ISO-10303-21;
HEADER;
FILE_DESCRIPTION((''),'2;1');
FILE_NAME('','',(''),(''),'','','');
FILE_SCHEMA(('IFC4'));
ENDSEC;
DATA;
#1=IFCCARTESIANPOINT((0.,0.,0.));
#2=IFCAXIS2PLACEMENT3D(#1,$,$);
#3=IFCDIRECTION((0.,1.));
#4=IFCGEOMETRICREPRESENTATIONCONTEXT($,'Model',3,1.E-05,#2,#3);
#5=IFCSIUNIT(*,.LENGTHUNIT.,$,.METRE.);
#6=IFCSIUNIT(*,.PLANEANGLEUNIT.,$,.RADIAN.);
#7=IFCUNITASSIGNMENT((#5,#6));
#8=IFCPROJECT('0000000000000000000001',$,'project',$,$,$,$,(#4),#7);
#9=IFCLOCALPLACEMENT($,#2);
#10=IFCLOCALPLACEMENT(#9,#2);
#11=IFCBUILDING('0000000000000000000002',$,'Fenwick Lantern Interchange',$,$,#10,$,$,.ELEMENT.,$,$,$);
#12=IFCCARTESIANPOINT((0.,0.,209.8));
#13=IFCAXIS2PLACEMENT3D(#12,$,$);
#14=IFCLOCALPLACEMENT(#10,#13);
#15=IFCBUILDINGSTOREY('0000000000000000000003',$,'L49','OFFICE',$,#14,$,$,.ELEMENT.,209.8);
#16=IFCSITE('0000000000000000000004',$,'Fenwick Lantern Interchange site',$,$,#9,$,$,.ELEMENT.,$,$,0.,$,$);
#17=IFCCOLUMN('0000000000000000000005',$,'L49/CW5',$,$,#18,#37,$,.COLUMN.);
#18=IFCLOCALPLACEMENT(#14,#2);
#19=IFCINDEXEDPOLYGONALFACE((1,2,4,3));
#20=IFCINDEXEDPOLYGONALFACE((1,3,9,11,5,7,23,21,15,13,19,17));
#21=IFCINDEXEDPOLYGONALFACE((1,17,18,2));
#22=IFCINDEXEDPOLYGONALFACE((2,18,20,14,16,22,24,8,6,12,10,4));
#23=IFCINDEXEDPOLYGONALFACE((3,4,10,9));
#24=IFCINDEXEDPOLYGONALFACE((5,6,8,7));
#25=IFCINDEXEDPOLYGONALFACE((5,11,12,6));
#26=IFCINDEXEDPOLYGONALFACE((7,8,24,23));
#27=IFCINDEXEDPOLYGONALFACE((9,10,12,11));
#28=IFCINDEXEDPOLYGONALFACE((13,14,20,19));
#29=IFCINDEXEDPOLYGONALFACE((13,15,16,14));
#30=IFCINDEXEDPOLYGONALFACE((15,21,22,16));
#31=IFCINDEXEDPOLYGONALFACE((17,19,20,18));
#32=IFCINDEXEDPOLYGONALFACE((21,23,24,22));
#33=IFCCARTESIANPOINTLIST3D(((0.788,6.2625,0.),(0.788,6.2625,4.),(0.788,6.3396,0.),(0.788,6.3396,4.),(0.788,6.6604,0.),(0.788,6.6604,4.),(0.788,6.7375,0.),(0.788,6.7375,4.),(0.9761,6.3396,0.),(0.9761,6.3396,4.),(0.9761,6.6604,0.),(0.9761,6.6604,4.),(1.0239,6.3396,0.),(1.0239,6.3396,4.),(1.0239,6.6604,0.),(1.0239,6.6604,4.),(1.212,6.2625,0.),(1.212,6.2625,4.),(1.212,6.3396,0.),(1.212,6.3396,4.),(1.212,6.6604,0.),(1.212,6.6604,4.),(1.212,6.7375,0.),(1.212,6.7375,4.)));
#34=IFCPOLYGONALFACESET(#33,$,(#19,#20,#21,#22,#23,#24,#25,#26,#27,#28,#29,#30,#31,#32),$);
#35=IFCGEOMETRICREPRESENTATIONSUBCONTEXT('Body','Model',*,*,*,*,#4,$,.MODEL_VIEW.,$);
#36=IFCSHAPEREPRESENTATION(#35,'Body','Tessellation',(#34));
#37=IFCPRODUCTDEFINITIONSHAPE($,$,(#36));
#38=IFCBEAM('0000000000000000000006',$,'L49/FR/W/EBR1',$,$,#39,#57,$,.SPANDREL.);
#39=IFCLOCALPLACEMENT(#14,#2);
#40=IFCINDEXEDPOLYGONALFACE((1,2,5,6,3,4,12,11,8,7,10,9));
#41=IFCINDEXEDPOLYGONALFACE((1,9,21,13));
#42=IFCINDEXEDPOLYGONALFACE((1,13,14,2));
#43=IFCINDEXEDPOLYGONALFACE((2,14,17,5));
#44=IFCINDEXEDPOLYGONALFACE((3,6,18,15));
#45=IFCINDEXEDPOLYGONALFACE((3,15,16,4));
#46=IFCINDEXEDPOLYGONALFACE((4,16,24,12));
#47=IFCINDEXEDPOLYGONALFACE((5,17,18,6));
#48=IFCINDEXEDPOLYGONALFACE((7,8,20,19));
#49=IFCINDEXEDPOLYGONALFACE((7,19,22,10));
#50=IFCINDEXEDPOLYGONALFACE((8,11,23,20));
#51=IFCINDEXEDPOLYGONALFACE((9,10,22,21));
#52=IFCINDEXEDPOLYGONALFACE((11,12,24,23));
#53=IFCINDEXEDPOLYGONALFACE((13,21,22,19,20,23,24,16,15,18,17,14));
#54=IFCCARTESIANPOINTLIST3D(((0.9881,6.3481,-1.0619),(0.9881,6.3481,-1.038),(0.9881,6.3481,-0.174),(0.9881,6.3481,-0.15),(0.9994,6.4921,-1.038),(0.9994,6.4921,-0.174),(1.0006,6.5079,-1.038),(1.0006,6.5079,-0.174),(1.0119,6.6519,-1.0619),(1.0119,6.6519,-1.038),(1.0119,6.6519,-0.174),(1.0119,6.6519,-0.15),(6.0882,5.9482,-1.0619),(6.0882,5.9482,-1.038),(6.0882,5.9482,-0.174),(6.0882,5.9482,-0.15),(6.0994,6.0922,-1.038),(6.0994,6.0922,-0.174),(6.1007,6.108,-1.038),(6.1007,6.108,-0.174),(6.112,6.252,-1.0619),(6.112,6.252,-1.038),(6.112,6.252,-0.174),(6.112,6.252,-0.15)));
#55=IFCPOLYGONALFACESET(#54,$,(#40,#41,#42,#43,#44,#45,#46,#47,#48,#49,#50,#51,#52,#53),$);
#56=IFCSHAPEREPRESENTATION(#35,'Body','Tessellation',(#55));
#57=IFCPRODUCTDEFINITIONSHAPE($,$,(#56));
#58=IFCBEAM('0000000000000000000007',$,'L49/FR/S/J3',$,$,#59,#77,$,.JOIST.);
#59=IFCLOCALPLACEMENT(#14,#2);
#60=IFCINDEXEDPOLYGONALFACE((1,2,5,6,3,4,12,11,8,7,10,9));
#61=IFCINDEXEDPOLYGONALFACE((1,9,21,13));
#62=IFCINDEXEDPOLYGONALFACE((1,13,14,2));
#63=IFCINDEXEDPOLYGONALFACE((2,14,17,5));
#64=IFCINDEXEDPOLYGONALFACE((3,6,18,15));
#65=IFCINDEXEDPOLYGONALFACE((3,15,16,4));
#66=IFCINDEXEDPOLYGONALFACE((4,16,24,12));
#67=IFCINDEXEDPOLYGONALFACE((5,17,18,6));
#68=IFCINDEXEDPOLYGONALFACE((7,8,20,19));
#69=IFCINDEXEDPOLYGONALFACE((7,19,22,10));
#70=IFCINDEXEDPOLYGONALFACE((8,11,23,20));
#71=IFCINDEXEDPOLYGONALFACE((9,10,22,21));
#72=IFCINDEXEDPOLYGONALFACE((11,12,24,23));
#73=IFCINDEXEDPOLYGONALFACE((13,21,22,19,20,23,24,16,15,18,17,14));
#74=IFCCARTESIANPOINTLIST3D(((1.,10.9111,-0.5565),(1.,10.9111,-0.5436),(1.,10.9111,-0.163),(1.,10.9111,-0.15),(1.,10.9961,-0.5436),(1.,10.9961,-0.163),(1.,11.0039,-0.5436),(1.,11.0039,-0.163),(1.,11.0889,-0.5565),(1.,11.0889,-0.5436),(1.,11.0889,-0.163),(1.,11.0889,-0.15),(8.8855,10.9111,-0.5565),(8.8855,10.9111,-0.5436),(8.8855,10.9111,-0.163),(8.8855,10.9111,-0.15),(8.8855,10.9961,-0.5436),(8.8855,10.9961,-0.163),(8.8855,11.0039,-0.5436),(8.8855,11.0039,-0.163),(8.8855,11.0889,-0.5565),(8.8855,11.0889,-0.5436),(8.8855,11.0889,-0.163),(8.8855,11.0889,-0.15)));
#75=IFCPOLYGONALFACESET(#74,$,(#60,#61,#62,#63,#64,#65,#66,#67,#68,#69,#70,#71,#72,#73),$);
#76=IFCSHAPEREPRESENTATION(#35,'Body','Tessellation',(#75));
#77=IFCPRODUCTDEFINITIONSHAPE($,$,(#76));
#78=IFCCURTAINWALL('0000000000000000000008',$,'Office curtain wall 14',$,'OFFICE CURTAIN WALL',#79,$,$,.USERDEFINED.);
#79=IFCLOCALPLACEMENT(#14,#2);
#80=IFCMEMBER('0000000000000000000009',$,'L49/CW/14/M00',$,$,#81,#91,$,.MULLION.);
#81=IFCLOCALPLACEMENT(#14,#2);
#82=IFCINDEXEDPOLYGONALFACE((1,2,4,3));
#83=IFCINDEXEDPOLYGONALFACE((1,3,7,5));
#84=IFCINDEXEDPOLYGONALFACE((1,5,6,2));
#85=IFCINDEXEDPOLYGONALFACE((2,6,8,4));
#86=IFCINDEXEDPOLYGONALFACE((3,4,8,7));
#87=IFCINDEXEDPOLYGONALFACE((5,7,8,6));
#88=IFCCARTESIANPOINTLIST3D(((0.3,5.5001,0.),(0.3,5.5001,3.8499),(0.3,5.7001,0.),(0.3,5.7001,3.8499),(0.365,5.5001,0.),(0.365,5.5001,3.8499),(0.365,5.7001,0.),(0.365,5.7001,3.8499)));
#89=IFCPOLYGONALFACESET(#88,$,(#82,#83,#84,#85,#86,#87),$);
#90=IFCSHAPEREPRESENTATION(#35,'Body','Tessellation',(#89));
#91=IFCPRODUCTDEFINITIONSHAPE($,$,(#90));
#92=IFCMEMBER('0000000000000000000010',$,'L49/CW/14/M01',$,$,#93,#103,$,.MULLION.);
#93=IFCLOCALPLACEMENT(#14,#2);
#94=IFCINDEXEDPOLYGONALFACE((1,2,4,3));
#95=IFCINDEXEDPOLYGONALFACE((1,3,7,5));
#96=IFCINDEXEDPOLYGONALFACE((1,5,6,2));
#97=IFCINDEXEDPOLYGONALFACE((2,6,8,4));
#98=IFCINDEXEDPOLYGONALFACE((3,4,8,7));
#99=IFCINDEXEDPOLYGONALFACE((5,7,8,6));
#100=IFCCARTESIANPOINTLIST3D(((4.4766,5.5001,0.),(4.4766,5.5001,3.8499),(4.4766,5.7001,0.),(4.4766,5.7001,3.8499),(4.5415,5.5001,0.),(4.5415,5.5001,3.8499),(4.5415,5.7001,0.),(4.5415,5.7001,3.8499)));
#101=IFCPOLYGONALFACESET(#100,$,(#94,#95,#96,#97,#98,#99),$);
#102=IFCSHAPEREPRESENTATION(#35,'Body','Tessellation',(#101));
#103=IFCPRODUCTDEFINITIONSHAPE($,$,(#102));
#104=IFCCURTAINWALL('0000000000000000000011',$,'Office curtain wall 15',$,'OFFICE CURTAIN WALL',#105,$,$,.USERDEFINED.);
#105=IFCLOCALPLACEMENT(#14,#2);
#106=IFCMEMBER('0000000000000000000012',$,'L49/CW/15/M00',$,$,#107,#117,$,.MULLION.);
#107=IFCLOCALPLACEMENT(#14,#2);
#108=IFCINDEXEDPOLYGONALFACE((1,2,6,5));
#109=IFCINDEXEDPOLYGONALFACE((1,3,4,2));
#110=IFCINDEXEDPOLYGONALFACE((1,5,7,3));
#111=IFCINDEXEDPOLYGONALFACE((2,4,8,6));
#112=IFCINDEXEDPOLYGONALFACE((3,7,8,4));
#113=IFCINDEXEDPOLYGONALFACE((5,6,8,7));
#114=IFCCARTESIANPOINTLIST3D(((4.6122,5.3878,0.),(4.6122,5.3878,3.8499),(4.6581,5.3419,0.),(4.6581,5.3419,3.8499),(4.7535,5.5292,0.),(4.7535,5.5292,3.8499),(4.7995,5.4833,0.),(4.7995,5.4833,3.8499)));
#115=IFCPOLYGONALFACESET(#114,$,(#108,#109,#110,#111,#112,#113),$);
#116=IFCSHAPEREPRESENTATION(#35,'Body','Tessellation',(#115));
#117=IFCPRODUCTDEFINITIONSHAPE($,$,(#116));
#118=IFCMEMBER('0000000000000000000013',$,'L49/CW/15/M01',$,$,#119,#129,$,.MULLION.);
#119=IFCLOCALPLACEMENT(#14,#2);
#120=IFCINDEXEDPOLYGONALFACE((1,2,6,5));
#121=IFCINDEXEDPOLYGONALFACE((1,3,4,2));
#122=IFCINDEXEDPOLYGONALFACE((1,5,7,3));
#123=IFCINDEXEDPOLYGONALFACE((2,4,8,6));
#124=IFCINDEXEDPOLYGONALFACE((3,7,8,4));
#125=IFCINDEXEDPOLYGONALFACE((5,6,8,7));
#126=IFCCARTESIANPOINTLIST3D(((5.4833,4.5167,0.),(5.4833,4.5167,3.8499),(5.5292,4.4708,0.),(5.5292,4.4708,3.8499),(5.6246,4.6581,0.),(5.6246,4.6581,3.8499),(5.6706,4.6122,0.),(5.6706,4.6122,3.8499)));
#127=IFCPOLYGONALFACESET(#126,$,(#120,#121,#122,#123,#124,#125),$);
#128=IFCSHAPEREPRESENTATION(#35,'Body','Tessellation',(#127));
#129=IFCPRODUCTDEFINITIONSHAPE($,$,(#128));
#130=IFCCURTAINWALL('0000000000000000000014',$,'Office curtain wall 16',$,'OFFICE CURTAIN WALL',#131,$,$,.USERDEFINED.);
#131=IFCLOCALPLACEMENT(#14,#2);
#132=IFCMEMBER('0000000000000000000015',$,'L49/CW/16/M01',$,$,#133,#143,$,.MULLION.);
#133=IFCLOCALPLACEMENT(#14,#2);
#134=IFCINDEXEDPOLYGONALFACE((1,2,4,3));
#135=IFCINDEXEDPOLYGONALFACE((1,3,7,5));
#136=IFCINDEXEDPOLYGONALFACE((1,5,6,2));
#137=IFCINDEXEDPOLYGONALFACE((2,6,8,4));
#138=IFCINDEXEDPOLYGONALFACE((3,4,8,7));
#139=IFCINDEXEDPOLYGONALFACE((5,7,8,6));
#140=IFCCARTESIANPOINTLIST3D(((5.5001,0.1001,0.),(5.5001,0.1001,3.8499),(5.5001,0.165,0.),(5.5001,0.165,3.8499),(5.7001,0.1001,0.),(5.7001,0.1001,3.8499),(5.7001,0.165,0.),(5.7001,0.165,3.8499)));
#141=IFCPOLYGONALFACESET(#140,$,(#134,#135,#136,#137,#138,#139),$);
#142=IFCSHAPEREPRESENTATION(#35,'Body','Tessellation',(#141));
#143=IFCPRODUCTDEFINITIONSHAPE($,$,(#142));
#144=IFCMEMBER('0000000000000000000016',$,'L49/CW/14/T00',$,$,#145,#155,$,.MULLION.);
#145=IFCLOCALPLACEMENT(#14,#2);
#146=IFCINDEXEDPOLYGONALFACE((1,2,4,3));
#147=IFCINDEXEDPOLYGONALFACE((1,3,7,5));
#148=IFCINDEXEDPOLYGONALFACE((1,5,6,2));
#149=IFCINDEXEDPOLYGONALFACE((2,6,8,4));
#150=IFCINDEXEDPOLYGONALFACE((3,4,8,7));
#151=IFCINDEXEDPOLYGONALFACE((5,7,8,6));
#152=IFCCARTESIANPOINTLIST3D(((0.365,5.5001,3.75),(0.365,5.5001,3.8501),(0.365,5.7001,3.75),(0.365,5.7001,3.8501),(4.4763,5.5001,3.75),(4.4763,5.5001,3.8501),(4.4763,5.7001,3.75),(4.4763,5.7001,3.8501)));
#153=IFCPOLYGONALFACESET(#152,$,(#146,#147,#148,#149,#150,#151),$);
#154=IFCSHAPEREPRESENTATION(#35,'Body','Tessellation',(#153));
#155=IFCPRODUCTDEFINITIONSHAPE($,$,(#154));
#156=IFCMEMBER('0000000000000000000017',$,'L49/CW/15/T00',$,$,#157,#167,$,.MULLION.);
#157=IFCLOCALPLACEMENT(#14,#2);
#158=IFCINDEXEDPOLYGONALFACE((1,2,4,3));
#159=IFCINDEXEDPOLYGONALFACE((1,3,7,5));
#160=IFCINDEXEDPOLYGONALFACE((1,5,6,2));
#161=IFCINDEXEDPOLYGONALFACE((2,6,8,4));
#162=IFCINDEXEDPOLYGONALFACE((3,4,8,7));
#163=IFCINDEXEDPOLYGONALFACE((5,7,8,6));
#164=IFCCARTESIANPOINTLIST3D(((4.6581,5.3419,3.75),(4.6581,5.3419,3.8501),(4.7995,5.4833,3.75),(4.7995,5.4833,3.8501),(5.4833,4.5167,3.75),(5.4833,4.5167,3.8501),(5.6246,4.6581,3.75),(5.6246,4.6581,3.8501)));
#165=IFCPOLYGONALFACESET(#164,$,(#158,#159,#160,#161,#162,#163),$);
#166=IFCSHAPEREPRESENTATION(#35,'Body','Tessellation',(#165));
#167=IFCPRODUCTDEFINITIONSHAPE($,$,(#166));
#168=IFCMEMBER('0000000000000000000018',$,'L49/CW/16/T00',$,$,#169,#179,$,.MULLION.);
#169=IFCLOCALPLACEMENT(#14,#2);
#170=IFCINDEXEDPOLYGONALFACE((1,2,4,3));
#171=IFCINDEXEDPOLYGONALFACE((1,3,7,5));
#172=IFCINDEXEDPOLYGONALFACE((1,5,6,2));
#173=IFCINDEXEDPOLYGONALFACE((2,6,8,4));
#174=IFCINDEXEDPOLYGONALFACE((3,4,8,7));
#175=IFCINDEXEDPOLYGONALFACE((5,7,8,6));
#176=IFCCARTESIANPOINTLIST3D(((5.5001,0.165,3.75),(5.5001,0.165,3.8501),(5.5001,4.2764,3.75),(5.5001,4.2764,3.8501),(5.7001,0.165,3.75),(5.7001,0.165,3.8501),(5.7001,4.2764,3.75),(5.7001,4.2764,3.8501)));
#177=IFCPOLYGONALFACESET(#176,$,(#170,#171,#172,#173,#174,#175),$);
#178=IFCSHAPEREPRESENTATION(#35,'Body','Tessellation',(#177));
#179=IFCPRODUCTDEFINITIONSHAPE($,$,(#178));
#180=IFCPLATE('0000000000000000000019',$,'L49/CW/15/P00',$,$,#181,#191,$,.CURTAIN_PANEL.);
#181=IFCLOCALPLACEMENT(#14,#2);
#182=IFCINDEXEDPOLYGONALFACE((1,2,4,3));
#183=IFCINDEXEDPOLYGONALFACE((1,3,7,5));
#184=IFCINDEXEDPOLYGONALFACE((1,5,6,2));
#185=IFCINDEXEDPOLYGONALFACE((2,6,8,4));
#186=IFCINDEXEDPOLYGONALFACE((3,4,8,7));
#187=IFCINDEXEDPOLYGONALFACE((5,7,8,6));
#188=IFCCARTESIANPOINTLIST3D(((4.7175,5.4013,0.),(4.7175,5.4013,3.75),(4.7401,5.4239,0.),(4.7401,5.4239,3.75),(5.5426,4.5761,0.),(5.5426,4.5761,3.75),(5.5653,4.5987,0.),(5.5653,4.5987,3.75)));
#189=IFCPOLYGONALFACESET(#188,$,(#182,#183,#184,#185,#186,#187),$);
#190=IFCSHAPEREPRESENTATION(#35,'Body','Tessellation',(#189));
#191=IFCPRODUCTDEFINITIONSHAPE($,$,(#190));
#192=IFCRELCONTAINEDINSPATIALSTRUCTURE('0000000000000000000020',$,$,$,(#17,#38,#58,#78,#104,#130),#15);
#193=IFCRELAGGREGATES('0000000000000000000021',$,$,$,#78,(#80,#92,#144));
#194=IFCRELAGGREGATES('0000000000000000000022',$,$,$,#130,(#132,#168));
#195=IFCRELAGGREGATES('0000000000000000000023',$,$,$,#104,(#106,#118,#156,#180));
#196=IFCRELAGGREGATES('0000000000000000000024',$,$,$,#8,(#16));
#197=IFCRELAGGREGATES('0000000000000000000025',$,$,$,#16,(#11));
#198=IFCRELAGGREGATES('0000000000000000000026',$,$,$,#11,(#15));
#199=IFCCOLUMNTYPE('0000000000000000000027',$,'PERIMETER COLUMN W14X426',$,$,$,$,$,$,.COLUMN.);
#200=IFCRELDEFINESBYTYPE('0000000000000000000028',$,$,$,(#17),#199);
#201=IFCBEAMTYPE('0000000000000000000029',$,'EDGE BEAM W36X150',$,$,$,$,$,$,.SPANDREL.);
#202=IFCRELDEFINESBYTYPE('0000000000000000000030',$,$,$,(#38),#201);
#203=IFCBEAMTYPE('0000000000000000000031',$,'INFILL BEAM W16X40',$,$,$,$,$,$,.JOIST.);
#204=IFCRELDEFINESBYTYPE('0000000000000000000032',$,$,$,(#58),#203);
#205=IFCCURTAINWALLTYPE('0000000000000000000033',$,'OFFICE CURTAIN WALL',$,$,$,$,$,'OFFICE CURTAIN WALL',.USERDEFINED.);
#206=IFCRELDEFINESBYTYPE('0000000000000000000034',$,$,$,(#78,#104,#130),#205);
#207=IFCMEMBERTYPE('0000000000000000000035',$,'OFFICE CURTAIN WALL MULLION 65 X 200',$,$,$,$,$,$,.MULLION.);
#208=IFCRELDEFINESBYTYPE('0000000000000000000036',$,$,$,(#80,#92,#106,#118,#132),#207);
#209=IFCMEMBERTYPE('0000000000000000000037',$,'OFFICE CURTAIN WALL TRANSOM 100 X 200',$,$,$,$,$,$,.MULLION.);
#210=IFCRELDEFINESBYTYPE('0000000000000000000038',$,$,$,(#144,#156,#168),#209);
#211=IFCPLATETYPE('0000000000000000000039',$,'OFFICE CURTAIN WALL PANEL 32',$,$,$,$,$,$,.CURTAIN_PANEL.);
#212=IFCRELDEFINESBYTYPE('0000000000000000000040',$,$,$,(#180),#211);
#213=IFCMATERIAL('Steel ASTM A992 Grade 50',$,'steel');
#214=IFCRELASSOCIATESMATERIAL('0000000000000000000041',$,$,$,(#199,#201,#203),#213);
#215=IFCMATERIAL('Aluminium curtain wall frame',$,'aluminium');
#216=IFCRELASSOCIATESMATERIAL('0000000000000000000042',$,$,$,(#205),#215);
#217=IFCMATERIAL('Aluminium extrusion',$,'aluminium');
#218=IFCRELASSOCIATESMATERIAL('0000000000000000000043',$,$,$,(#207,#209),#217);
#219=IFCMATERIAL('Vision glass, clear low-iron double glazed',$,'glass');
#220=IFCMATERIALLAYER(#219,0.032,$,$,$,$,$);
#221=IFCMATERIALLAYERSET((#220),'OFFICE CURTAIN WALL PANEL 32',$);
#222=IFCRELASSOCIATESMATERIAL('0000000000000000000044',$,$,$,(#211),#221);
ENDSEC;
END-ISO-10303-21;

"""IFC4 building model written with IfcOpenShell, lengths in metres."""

from ifc_helpers import new_model, si_unit, direction, frame, origin, origin_2d, place, context, subcontext, project, spatial, rectangle, i_section, extrude, material, layer, layer_set, material_profile, profile_set, type_object, element, aggregate, save


model = new_model("IFC4")

# Units and contexts
model_context = context("Model", 3, precision=1e-05, world=origin(), true_north=direction((0.0, 1.0)))
body_context = subcontext(model_context, "Body", "Model", "MODEL_VIEW")
ifc_project = project(units=[si_unit("LENGTHUNIT", "METRE"), si_unit("PLANEANGLEUNIT", "RADIAN")], contexts=[model_context])

# Site, building, storey
site_placement = place(None, origin())
site = spatial("IfcSite", under=ifc_project, at=site_placement, Name="Fenwick Lantern Interchange site", CompositionType="ELEMENT", RefElevation=0.0)
building_placement = place(site_placement, origin())
building = spatial("IfcBuilding", under=site, at=building_placement, Name="Fenwick Lantern Interchange", CompositionType="ELEMENT")
storey_placement = place(building_placement, frame((0.0, 0.0, 209.8)))
storey = spatial("IfcBuildingStorey", under=building, at=storey_placement, Name="L49", Description="OFFICE", CompositionType="ELEMENT", Elevation=209.8)

# Column
ifc_material_1 = material(Name="Steel ASTM A992 Grade 50", Category="steel")
ifc_material_profile_1 = material_profile(ifc_material_1, i_section(OverallWidth=0.4241, OverallDepth=0.4751, WebThickness=0.0479, FlangeThickness=0.0771, at=origin_2d()), Name="W14X426")
ifc_profile_set_1 = profile_set([ifc_material_profile_1], Name="Steel ASTM A992 Grade 50")
column_type = type_object("IfcColumnType", Name="PERIMETER COLUMN W14X426", PredefinedType="COLUMN", material=ifc_profile_set_1)
column_placement = place(storey_placement, frame((1.0, 6.5, 0.0), z_axis=(0.0, 0.0, 1.0), x_axis=(1.0, 0.0, 0.0)))
element("IfcColumn", 1, at=column_placement, inside=storey, type_object=column_type, Name="L49/CW5", PredefinedType="COLUMN", context=body_context, shape_type="SweptSolid", body=[
    extrude(i_section(OverallWidth=0.4241, OverallDepth=0.4751, WebThickness=0.0479, FlangeThickness=0.0771, at=origin_2d()), origin(), (0.0, 0.0, 1.0), 4.0),
])

# Beams
ifc_material_profile_2 = material_profile(ifc_material_1, i_section(OverallWidth=0.3047, OverallDepth=0.9119, WebThickness=0.0159, FlangeThickness=0.0239, at=origin_2d()), Name="W36X150")
ifc_profile_set_2 = profile_set([ifc_material_profile_2], Name="Steel ASTM A992 Grade 50")
beam_type_1 = type_object("IfcBeamType", Name="EDGE BEAM W36X150", PredefinedType="SPANDREL", material=ifc_profile_set_2)
beam_1_placement = place(storey_placement, frame((1.0, 6.5, -0.606), z_axis=(0.99694, -0.078171, 0.0), x_axis=(0.078171, 0.99694, 0.0)))
element("IfcBeam", 2, at=beam_1_placement, inside=storey, type_object=beam_type_1, Name="L49/FR/W/EBR1", PredefinedType="SPANDREL", context=body_context, shape_type="SweptSolid", body=[
    extrude(i_section(OverallWidth=0.3047, OverallDepth=0.9119, WebThickness=0.0159, FlangeThickness=0.0239, at=origin_2d()), origin(), (0.0, 0.0, 1.0), 5.1157),
])
ifc_material_profile_3 = material_profile(ifc_material_1, i_section(OverallWidth=0.1777, OverallDepth=0.4065, WebThickness=0.0078, FlangeThickness=0.0129, at=origin_2d()), Name="W16X40")
ifc_profile_set_3 = profile_set([ifc_material_profile_3], Name="Steel ASTM A992 Grade 50")
beam_type_2 = type_object("IfcBeamType", Name="INFILL BEAM W16X40", PredefinedType="JOIST", material=ifc_profile_set_3)
beam_2_placement = place(storey_placement, frame((1.0, 11.0, -0.3533), z_axis=(1.0, 0.0, 0.0), x_axis=(0.0, 1.0, 0.0)))
element("IfcBeam", 3, at=beam_2_placement, inside=storey, type_object=beam_type_2, Name="L49/FR/S/J3", PredefinedType="JOIST", context=body_context, shape_type="SweptSolid", body=[
    extrude(i_section(OverallWidth=0.1777, OverallDepth=0.4065, WebThickness=0.0078, FlangeThickness=0.0129, at=origin_2d()), origin(), (0.0, 0.0, 1.0), 7.8855),
])

# Curtain walls, members
ifc_material_2 = material(Name="Aluminium curtain wall frame", Category="aluminium")
curtain_wall_type = type_object("IfcCurtainWallType", Name="OFFICE CURTAIN WALL", ElementType="OFFICE CURTAIN WALL", PredefinedType="USERDEFINED", material=ifc_material_2)
curtain_wall_1_placement = place(storey_placement, origin())
curtain_wall_1 = element("IfcCurtainWall", 4, at=curtain_wall_1_placement, inside=storey, type_object=curtain_wall_type, Name="Office curtain wall 14", ObjectType="OFFICE CURTAIN WALL", PredefinedType="USERDEFINED")
ifc_material_3 = material(Name="Aluminium extrusion", Category="aluminium")
ifc_material_profile_4 = material_profile(ifc_material_3, rectangle(XDim=0.2, YDim=0.0649, at=origin_2d()), Name="OFFICE CURTAIN WALL MULLION 65 X 200")
ifc_profile_set_4 = profile_set([ifc_material_profile_4], Name="Aluminium extrusion")
member_type_1 = type_object("IfcMemberType", Name="OFFICE CURTAIN WALL MULLION 65 X 200", PredefinedType="MULLION", material=ifc_profile_set_4)
member_1_placement = place(storey_placement, frame((0.3325, 5.6001, 0.0), z_axis=(0.0, 0.0, 1.0), x_axis=(0.0, 1.0, 0.0)))
member_1 = element("IfcMember", 5, at=member_1_placement, type_object=member_type_1, Name="L49/CW/14/M00", PredefinedType="MULLION", context=body_context, shape_type="SweptSolid", body=[
    extrude(rectangle(XDim=0.2, YDim=0.0649, at=origin_2d()), origin(), (0.0, 0.0, 1.0), 3.8499),
])
member_2_placement = place(storey_placement, frame((4.509, 5.6001, 0.0), z_axis=(0.0, 0.0, 1.0), x_axis=(0.0, 1.0, 0.0)))
member_2 = element("IfcMember", 6, at=member_2_placement, type_object=member_type_1, Name="L49/CW/14/M01", PredefinedType="MULLION", context=body_context, shape_type="SweptSolid", body=[
    extrude(rectangle(XDim=0.2, YDim=0.0649, at=origin_2d()), origin(), (0.0, 0.0, 1.0), 3.8499),
])
curtain_wall_2_placement = place(storey_placement, origin())
curtain_wall_2 = element("IfcCurtainWall", 7, at=curtain_wall_2_placement, inside=storey, type_object=curtain_wall_type, Name="Office curtain wall 15", ObjectType="OFFICE CURTAIN WALL", PredefinedType="USERDEFINED")
member_3_placement = place(storey_placement, frame((4.7058, 5.4355, 0.0), z_axis=(0.0, 0.0, 1.0), x_axis=(0.707107, 0.707107, 0.0)))
member_3 = element("IfcMember", 8, at=member_3_placement, type_object=member_type_1, Name="L49/CW/15/M00", PredefinedType="MULLION", context=body_context, shape_type="SweptSolid", body=[
    extrude(rectangle(XDim=0.2, YDim=0.0649, at=origin_2d()), origin(), (0.0, 0.0, 1.0), 3.8499),
])
member_4_placement = place(storey_placement, frame((5.5769, 4.5645, 0.0), z_axis=(0.0, 0.0, 1.0), x_axis=(0.707107, 0.707107, 0.0)))
member_4 = element("IfcMember", 9, at=member_4_placement, type_object=member_type_1, Name="L49/CW/15/M01", PredefinedType="MULLION", context=body_context, shape_type="SweptSolid", body=[
    extrude(rectangle(XDim=0.2, YDim=0.0649, at=origin_2d()), origin(), (0.0, 0.0, 1.0), 3.8499),
])

# Curtain wall, member
curtain_wall_3_placement = place(storey_placement, origin())
curtain_wall_3 = element("IfcCurtainWall", 10, at=curtain_wall_3_placement, inside=storey, type_object=curtain_wall_type, Name="Office curtain wall 16", ObjectType="OFFICE CURTAIN WALL", PredefinedType="USERDEFINED")
member_5_placement = place(storey_placement, frame((5.6001, 0.1326, 0.0), z_axis=(0.0, 0.0, 1.0), x_axis=(1.0, 0.0, 0.0)))
member_5 = element("IfcMember", 11, at=member_5_placement, type_object=member_type_1, Name="L49/CW/16/M01", PredefinedType="MULLION", context=body_context, shape_type="SweptSolid", body=[
    extrude(rectangle(XDim=0.2, YDim=0.0649, at=origin_2d()), origin(), (0.0, 0.0, 1.0), 3.8499),
])

# Members
ifc_material_profile_5 = material_profile(ifc_material_3, rectangle(XDim=0.2, YDim=0.1001, at=origin_2d()), Name="OFFICE CURTAIN WALL TRANSOM 100 X 200")
ifc_profile_set_5 = profile_set([ifc_material_profile_5], Name="Aluminium extrusion")
member_type_2 = type_object("IfcMemberType", Name="OFFICE CURTAIN WALL TRANSOM 100 X 200", PredefinedType="MULLION", material=ifc_profile_set_5)
member_6_placement = place(storey_placement, frame((0.365, 5.6001, 3.8), z_axis=(1.0, 0.0, 0.0), x_axis=(0.0, 1.0, 0.0)))
member_6 = element("IfcMember", 12, at=member_6_placement, type_object=member_type_2, Name="L49/CW/14/T00", PredefinedType="MULLION", context=body_context, shape_type="SweptSolid", body=[
    extrude(rectangle(XDim=0.2, YDim=0.1001, at=origin_2d()), origin(), (0.0, 0.0, 1.0), 4.1113),
])
aggregate(curtain_wall_1, [member_1, member_2, member_6])
member_7_placement = place(storey_placement, frame((4.7288, 5.4126, 3.8), z_axis=(0.707107, -0.707107, 0.0), x_axis=(0.707107, 0.707107, 0.0)))
member_7 = element("IfcMember", 13, at=member_7_placement, type_object=member_type_2, Name="L49/CW/15/T00", PredefinedType="MULLION", context=body_context, shape_type="SweptSolid", body=[
    extrude(rectangle(XDim=0.2, YDim=0.1001, at=origin_2d()), origin(), (0.0, 0.0, 1.0), 1.167),
])
member_8_placement = place(storey_placement, frame((5.6001, 4.2764, 3.8), z_axis=(0.0, -1.0, 0.0), x_axis=(1.0, 0.0, 0.0)))
member_8 = element("IfcMember", 14, at=member_8_placement, type_object=member_type_2, Name="L49/CW/16/T00", PredefinedType="MULLION", context=body_context, shape_type="SweptSolid", body=[
    extrude(rectangle(XDim=0.2, YDim=0.1001, at=origin_2d()), origin(), (0.0, 0.0, 1.0), 4.1113),
])
aggregate(curtain_wall_3, [member_5, member_8])

# Shared definitions
ifc_material_4 = material(Name="Vision glass, clear low-iron double glazed", Category="glass")
ifc_layer_1 = layer(ifc_material_4, 0.032)
ifc_layer_set_1 = layer_set([ifc_layer_1], Name="OFFICE CURTAIN WALL PANEL 32")
plate_type = type_object("IfcPlateType", Name="OFFICE CURTAIN WALL PANEL 32", PredefinedType="CURTAIN_PANEL", material=ifc_layer_set_1)

# Plate
plate_1_placement = place(storey_placement, frame((5.1414, 5.0, 0.0), z_axis=(0.0, 0.0, 1.0), x_axis=(0.707107, -0.707107, 0.0)))
plate_1 = element("IfcPlate", 15, at=plate_1_placement, type_object=plate_type, Name="L49/CW/15/P00", PredefinedType="CURTAIN_PANEL", context=body_context, shape_type="SweptSolid", body=[
    extrude(rectangle(XDim=1.167, YDim=0.032, at=origin_2d()), origin(), (0.0, 0.0, 1.0), 3.75),
])
aggregate(curtain_wall_2, [member_3, member_4, member_7, plate_1])

save(model, "model.ifc")
